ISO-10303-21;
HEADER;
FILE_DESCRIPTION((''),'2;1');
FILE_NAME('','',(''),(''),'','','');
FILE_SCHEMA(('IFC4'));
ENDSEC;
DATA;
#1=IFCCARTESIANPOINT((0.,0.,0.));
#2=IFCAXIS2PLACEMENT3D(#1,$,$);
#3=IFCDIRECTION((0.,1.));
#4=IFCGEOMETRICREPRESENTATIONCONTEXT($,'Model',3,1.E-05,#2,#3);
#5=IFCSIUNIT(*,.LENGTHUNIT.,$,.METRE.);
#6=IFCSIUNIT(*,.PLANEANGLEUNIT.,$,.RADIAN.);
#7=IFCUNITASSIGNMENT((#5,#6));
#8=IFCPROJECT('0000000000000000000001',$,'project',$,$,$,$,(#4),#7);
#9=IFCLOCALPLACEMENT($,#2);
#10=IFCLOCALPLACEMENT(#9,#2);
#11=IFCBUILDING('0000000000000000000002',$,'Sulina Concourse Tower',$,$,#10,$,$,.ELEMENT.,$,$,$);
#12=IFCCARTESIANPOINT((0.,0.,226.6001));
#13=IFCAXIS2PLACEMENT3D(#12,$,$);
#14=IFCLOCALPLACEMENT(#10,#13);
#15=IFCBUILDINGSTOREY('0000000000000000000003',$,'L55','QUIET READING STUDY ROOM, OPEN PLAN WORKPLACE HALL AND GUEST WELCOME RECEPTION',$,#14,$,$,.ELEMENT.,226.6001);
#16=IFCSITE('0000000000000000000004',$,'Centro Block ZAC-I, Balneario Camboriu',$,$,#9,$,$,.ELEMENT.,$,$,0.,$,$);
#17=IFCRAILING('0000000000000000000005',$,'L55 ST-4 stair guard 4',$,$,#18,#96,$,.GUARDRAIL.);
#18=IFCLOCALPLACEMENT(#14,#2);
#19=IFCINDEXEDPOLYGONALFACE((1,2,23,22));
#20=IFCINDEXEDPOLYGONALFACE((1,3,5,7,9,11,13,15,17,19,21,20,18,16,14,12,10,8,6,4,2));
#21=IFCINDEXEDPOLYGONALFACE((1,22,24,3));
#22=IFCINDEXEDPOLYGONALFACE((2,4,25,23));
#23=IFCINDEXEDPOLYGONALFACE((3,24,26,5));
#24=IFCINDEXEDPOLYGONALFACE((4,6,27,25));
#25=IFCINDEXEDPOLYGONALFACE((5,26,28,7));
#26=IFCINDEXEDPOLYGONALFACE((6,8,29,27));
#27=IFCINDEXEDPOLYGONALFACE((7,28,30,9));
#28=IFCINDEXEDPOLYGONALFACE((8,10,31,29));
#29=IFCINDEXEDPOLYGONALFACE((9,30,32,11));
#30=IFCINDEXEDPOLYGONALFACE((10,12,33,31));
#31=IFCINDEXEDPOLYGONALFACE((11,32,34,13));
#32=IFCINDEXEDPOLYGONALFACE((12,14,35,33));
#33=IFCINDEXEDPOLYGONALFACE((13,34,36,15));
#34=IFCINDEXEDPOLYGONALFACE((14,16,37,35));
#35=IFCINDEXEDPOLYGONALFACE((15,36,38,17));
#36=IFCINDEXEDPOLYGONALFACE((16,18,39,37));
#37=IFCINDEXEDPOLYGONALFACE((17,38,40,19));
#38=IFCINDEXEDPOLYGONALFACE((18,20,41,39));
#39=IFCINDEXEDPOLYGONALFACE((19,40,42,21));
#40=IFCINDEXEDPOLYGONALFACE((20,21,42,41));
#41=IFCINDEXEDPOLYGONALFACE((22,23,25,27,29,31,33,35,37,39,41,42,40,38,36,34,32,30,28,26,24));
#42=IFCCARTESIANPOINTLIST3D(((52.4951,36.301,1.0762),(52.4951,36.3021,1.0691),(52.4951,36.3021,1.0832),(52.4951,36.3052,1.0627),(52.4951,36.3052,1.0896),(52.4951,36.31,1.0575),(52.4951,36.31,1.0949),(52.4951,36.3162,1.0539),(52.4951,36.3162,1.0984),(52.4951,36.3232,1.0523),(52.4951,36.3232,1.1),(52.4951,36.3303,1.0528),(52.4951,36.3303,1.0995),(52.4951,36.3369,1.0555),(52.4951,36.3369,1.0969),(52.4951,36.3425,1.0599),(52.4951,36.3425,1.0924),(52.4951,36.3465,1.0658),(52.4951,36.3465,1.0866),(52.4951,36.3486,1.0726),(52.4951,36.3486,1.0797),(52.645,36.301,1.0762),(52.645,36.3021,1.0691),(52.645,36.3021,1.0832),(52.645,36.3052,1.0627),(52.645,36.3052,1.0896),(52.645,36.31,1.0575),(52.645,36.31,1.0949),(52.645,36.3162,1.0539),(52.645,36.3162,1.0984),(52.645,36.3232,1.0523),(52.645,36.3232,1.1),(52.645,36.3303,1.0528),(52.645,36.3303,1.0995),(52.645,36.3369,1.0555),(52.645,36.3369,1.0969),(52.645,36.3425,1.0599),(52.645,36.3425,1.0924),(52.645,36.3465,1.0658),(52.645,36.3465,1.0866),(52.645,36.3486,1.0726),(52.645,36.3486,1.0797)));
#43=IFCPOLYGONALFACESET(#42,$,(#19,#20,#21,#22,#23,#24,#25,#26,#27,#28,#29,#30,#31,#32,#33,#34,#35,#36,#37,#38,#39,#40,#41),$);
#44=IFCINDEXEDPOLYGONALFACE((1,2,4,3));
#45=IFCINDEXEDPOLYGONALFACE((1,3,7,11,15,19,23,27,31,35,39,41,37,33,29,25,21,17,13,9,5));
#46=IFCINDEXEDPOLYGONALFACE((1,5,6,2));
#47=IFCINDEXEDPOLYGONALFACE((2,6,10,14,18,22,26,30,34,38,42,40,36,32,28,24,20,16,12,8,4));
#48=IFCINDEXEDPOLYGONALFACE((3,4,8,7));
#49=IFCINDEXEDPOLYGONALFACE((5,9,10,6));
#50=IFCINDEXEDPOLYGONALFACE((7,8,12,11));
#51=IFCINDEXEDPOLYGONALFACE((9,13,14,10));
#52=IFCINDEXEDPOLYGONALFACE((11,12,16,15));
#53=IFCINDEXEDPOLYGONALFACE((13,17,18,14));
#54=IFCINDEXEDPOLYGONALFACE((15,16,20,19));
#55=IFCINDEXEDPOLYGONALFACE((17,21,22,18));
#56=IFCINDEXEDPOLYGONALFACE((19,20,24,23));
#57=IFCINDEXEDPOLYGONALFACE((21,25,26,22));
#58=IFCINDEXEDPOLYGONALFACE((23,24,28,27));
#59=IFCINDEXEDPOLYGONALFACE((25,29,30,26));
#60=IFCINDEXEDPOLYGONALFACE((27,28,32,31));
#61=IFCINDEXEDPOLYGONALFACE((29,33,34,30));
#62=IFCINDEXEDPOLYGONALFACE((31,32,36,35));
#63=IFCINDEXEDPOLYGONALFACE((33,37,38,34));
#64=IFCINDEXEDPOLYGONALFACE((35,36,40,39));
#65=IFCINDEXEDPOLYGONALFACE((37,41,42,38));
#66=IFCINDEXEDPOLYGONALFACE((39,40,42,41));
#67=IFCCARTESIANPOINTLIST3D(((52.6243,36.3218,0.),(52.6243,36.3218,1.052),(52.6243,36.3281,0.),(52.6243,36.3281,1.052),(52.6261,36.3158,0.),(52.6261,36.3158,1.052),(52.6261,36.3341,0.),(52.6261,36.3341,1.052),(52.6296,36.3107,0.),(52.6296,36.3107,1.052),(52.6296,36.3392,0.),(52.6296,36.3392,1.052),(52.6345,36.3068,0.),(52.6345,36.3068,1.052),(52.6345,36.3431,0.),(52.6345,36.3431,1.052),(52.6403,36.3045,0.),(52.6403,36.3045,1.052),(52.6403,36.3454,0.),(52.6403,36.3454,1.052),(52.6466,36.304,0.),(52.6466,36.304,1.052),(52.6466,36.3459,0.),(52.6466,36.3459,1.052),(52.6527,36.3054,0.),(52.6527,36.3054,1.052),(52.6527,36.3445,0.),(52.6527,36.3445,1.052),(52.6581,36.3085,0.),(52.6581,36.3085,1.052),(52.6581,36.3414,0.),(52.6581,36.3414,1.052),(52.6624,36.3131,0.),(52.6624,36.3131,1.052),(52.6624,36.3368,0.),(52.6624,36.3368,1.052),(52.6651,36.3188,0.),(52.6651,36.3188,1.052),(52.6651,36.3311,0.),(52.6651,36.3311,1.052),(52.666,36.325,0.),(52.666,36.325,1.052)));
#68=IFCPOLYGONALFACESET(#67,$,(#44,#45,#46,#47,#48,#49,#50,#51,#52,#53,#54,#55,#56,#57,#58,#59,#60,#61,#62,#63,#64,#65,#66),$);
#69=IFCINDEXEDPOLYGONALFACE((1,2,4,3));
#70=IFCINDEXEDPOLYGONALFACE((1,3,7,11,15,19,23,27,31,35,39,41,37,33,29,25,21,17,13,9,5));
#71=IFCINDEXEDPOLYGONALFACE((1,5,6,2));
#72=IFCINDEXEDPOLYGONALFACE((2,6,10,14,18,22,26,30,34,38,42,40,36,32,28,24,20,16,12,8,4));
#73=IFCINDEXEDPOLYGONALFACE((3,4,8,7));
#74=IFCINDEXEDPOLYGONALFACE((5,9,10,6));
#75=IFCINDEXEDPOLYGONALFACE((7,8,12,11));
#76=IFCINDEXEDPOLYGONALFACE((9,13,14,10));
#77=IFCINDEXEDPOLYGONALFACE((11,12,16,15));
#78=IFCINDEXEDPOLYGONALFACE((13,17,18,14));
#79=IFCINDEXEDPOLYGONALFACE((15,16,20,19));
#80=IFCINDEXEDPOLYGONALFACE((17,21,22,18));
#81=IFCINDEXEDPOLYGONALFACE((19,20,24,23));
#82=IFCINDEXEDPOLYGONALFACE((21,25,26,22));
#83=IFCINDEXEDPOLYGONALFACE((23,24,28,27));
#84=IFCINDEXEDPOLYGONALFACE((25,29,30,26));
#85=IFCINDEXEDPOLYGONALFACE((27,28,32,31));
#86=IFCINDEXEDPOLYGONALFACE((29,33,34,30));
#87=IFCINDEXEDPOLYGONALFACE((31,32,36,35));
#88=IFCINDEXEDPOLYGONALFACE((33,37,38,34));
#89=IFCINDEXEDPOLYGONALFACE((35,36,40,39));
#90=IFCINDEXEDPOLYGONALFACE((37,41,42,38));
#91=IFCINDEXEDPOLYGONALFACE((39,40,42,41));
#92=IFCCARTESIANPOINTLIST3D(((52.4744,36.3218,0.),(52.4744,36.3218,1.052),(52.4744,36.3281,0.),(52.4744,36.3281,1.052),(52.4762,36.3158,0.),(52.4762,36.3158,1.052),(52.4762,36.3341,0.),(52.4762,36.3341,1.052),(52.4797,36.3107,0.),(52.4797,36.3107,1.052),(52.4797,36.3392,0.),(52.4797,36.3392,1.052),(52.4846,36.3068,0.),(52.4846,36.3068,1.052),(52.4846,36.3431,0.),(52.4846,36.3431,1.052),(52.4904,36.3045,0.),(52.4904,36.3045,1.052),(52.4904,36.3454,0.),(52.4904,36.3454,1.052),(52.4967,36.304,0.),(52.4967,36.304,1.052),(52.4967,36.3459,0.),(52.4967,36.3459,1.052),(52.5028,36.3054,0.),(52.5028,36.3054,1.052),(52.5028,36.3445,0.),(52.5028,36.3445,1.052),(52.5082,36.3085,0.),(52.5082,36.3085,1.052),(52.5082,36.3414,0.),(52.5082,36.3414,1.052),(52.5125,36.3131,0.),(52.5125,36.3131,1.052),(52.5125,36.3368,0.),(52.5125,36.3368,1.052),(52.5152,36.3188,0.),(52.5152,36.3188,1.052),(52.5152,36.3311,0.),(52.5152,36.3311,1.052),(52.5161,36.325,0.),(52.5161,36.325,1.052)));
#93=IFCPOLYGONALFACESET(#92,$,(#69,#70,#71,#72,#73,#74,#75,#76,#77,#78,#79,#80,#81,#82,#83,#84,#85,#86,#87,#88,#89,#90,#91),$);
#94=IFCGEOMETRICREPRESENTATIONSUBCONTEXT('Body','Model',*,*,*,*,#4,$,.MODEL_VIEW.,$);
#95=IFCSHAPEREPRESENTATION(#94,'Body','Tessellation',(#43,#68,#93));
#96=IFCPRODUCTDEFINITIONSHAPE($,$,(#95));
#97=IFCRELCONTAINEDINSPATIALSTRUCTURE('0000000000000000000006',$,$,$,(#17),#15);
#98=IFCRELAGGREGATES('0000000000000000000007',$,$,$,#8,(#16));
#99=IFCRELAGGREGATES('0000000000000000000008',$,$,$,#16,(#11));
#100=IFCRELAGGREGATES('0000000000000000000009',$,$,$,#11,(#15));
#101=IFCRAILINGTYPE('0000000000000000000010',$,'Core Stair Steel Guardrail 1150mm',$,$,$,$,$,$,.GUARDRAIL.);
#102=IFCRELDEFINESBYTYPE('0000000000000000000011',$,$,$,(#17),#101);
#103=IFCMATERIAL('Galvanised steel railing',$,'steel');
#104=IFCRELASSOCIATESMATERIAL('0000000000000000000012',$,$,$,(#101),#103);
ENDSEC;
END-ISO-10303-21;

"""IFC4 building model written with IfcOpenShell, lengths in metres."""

from ifc_helpers import new_model, si_unit, direction, frame, origin, origin_2d, place, context, subcontext, project, spatial, circle, extrude, material, type_object, element, save


model = new_model("IFC4")

# Units and contexts
model_context = context("Model", 3, precision=1e-05, world=origin(), true_north=direction((0.0, 1.0)))
body_context = subcontext(model_context, "Body", "Model", "MODEL_VIEW")
ifc_project = project(units=[si_unit("LENGTHUNIT", "METRE"), si_unit("PLANEANGLEUNIT", "RADIAN")], contexts=[model_context])

# Site, building, storey
site_placement = place(None, origin())
site = spatial("IfcSite", under=ifc_project, at=site_placement, Name="Centro Block ZAC-I, Balneario Camboriu", CompositionType="ELEMENT", RefElevation=0.0)
building_placement = place(site_placement, origin())
building = spatial("IfcBuilding", under=site, at=building_placement, Name="Sulina Concourse Tower", CompositionType="ELEMENT")
storey_placement = place(building_placement, frame((0.0, 0.0, 226.6001)))
storey = spatial("IfcBuildingStorey", under=building, at=storey_placement, Name="L55", Description="QUIET READING STUDY ROOM, OPEN PLAN WORKPLACE HALL AND GUEST WELCOME RECEPTION", CompositionType="ELEMENT", Elevation=226.6001)

# Railing
ifc_material_1 = material(Name="Galvanised steel railing", Category="steel")
railing_type_1 = type_object("IfcRailingType", Name="Core Stair Steel Guardrail 1150mm", PredefinedType="GUARDRAIL", material=ifc_material_1)
railing_1_placement = place(storey_placement, frame((52.645, 36.325, 0.0)))
element("IfcRailing", 1, at=railing_1_placement, inside=storey, type_object=railing_type_1, Name="L55 ST-4 stair guard 4", PredefinedType="GUARDRAIL", context=body_context, shape_type="SweptSolid", body=[
    extrude(circle(Radius=0.0239, at=origin_2d()), frame((0.0, 0.0, 1.0762), z_axis=(-1.0, 0.0, 0.0), x_axis=(0.0, -1.0, 0.0)), (0.0, 0.0, 1.0), 0.1499),
    extrude(circle(Radius=0.021, at=origin_2d()), origin(), (0.0, 0.0, 1.0), 1.052),
    extrude(circle(Radius=0.021, at=origin_2d()), frame((-0.1499, 0.0, 0.0)), (0.0, 0.0, 1.0), 1.052),
])

save(model, "model.ifc")
